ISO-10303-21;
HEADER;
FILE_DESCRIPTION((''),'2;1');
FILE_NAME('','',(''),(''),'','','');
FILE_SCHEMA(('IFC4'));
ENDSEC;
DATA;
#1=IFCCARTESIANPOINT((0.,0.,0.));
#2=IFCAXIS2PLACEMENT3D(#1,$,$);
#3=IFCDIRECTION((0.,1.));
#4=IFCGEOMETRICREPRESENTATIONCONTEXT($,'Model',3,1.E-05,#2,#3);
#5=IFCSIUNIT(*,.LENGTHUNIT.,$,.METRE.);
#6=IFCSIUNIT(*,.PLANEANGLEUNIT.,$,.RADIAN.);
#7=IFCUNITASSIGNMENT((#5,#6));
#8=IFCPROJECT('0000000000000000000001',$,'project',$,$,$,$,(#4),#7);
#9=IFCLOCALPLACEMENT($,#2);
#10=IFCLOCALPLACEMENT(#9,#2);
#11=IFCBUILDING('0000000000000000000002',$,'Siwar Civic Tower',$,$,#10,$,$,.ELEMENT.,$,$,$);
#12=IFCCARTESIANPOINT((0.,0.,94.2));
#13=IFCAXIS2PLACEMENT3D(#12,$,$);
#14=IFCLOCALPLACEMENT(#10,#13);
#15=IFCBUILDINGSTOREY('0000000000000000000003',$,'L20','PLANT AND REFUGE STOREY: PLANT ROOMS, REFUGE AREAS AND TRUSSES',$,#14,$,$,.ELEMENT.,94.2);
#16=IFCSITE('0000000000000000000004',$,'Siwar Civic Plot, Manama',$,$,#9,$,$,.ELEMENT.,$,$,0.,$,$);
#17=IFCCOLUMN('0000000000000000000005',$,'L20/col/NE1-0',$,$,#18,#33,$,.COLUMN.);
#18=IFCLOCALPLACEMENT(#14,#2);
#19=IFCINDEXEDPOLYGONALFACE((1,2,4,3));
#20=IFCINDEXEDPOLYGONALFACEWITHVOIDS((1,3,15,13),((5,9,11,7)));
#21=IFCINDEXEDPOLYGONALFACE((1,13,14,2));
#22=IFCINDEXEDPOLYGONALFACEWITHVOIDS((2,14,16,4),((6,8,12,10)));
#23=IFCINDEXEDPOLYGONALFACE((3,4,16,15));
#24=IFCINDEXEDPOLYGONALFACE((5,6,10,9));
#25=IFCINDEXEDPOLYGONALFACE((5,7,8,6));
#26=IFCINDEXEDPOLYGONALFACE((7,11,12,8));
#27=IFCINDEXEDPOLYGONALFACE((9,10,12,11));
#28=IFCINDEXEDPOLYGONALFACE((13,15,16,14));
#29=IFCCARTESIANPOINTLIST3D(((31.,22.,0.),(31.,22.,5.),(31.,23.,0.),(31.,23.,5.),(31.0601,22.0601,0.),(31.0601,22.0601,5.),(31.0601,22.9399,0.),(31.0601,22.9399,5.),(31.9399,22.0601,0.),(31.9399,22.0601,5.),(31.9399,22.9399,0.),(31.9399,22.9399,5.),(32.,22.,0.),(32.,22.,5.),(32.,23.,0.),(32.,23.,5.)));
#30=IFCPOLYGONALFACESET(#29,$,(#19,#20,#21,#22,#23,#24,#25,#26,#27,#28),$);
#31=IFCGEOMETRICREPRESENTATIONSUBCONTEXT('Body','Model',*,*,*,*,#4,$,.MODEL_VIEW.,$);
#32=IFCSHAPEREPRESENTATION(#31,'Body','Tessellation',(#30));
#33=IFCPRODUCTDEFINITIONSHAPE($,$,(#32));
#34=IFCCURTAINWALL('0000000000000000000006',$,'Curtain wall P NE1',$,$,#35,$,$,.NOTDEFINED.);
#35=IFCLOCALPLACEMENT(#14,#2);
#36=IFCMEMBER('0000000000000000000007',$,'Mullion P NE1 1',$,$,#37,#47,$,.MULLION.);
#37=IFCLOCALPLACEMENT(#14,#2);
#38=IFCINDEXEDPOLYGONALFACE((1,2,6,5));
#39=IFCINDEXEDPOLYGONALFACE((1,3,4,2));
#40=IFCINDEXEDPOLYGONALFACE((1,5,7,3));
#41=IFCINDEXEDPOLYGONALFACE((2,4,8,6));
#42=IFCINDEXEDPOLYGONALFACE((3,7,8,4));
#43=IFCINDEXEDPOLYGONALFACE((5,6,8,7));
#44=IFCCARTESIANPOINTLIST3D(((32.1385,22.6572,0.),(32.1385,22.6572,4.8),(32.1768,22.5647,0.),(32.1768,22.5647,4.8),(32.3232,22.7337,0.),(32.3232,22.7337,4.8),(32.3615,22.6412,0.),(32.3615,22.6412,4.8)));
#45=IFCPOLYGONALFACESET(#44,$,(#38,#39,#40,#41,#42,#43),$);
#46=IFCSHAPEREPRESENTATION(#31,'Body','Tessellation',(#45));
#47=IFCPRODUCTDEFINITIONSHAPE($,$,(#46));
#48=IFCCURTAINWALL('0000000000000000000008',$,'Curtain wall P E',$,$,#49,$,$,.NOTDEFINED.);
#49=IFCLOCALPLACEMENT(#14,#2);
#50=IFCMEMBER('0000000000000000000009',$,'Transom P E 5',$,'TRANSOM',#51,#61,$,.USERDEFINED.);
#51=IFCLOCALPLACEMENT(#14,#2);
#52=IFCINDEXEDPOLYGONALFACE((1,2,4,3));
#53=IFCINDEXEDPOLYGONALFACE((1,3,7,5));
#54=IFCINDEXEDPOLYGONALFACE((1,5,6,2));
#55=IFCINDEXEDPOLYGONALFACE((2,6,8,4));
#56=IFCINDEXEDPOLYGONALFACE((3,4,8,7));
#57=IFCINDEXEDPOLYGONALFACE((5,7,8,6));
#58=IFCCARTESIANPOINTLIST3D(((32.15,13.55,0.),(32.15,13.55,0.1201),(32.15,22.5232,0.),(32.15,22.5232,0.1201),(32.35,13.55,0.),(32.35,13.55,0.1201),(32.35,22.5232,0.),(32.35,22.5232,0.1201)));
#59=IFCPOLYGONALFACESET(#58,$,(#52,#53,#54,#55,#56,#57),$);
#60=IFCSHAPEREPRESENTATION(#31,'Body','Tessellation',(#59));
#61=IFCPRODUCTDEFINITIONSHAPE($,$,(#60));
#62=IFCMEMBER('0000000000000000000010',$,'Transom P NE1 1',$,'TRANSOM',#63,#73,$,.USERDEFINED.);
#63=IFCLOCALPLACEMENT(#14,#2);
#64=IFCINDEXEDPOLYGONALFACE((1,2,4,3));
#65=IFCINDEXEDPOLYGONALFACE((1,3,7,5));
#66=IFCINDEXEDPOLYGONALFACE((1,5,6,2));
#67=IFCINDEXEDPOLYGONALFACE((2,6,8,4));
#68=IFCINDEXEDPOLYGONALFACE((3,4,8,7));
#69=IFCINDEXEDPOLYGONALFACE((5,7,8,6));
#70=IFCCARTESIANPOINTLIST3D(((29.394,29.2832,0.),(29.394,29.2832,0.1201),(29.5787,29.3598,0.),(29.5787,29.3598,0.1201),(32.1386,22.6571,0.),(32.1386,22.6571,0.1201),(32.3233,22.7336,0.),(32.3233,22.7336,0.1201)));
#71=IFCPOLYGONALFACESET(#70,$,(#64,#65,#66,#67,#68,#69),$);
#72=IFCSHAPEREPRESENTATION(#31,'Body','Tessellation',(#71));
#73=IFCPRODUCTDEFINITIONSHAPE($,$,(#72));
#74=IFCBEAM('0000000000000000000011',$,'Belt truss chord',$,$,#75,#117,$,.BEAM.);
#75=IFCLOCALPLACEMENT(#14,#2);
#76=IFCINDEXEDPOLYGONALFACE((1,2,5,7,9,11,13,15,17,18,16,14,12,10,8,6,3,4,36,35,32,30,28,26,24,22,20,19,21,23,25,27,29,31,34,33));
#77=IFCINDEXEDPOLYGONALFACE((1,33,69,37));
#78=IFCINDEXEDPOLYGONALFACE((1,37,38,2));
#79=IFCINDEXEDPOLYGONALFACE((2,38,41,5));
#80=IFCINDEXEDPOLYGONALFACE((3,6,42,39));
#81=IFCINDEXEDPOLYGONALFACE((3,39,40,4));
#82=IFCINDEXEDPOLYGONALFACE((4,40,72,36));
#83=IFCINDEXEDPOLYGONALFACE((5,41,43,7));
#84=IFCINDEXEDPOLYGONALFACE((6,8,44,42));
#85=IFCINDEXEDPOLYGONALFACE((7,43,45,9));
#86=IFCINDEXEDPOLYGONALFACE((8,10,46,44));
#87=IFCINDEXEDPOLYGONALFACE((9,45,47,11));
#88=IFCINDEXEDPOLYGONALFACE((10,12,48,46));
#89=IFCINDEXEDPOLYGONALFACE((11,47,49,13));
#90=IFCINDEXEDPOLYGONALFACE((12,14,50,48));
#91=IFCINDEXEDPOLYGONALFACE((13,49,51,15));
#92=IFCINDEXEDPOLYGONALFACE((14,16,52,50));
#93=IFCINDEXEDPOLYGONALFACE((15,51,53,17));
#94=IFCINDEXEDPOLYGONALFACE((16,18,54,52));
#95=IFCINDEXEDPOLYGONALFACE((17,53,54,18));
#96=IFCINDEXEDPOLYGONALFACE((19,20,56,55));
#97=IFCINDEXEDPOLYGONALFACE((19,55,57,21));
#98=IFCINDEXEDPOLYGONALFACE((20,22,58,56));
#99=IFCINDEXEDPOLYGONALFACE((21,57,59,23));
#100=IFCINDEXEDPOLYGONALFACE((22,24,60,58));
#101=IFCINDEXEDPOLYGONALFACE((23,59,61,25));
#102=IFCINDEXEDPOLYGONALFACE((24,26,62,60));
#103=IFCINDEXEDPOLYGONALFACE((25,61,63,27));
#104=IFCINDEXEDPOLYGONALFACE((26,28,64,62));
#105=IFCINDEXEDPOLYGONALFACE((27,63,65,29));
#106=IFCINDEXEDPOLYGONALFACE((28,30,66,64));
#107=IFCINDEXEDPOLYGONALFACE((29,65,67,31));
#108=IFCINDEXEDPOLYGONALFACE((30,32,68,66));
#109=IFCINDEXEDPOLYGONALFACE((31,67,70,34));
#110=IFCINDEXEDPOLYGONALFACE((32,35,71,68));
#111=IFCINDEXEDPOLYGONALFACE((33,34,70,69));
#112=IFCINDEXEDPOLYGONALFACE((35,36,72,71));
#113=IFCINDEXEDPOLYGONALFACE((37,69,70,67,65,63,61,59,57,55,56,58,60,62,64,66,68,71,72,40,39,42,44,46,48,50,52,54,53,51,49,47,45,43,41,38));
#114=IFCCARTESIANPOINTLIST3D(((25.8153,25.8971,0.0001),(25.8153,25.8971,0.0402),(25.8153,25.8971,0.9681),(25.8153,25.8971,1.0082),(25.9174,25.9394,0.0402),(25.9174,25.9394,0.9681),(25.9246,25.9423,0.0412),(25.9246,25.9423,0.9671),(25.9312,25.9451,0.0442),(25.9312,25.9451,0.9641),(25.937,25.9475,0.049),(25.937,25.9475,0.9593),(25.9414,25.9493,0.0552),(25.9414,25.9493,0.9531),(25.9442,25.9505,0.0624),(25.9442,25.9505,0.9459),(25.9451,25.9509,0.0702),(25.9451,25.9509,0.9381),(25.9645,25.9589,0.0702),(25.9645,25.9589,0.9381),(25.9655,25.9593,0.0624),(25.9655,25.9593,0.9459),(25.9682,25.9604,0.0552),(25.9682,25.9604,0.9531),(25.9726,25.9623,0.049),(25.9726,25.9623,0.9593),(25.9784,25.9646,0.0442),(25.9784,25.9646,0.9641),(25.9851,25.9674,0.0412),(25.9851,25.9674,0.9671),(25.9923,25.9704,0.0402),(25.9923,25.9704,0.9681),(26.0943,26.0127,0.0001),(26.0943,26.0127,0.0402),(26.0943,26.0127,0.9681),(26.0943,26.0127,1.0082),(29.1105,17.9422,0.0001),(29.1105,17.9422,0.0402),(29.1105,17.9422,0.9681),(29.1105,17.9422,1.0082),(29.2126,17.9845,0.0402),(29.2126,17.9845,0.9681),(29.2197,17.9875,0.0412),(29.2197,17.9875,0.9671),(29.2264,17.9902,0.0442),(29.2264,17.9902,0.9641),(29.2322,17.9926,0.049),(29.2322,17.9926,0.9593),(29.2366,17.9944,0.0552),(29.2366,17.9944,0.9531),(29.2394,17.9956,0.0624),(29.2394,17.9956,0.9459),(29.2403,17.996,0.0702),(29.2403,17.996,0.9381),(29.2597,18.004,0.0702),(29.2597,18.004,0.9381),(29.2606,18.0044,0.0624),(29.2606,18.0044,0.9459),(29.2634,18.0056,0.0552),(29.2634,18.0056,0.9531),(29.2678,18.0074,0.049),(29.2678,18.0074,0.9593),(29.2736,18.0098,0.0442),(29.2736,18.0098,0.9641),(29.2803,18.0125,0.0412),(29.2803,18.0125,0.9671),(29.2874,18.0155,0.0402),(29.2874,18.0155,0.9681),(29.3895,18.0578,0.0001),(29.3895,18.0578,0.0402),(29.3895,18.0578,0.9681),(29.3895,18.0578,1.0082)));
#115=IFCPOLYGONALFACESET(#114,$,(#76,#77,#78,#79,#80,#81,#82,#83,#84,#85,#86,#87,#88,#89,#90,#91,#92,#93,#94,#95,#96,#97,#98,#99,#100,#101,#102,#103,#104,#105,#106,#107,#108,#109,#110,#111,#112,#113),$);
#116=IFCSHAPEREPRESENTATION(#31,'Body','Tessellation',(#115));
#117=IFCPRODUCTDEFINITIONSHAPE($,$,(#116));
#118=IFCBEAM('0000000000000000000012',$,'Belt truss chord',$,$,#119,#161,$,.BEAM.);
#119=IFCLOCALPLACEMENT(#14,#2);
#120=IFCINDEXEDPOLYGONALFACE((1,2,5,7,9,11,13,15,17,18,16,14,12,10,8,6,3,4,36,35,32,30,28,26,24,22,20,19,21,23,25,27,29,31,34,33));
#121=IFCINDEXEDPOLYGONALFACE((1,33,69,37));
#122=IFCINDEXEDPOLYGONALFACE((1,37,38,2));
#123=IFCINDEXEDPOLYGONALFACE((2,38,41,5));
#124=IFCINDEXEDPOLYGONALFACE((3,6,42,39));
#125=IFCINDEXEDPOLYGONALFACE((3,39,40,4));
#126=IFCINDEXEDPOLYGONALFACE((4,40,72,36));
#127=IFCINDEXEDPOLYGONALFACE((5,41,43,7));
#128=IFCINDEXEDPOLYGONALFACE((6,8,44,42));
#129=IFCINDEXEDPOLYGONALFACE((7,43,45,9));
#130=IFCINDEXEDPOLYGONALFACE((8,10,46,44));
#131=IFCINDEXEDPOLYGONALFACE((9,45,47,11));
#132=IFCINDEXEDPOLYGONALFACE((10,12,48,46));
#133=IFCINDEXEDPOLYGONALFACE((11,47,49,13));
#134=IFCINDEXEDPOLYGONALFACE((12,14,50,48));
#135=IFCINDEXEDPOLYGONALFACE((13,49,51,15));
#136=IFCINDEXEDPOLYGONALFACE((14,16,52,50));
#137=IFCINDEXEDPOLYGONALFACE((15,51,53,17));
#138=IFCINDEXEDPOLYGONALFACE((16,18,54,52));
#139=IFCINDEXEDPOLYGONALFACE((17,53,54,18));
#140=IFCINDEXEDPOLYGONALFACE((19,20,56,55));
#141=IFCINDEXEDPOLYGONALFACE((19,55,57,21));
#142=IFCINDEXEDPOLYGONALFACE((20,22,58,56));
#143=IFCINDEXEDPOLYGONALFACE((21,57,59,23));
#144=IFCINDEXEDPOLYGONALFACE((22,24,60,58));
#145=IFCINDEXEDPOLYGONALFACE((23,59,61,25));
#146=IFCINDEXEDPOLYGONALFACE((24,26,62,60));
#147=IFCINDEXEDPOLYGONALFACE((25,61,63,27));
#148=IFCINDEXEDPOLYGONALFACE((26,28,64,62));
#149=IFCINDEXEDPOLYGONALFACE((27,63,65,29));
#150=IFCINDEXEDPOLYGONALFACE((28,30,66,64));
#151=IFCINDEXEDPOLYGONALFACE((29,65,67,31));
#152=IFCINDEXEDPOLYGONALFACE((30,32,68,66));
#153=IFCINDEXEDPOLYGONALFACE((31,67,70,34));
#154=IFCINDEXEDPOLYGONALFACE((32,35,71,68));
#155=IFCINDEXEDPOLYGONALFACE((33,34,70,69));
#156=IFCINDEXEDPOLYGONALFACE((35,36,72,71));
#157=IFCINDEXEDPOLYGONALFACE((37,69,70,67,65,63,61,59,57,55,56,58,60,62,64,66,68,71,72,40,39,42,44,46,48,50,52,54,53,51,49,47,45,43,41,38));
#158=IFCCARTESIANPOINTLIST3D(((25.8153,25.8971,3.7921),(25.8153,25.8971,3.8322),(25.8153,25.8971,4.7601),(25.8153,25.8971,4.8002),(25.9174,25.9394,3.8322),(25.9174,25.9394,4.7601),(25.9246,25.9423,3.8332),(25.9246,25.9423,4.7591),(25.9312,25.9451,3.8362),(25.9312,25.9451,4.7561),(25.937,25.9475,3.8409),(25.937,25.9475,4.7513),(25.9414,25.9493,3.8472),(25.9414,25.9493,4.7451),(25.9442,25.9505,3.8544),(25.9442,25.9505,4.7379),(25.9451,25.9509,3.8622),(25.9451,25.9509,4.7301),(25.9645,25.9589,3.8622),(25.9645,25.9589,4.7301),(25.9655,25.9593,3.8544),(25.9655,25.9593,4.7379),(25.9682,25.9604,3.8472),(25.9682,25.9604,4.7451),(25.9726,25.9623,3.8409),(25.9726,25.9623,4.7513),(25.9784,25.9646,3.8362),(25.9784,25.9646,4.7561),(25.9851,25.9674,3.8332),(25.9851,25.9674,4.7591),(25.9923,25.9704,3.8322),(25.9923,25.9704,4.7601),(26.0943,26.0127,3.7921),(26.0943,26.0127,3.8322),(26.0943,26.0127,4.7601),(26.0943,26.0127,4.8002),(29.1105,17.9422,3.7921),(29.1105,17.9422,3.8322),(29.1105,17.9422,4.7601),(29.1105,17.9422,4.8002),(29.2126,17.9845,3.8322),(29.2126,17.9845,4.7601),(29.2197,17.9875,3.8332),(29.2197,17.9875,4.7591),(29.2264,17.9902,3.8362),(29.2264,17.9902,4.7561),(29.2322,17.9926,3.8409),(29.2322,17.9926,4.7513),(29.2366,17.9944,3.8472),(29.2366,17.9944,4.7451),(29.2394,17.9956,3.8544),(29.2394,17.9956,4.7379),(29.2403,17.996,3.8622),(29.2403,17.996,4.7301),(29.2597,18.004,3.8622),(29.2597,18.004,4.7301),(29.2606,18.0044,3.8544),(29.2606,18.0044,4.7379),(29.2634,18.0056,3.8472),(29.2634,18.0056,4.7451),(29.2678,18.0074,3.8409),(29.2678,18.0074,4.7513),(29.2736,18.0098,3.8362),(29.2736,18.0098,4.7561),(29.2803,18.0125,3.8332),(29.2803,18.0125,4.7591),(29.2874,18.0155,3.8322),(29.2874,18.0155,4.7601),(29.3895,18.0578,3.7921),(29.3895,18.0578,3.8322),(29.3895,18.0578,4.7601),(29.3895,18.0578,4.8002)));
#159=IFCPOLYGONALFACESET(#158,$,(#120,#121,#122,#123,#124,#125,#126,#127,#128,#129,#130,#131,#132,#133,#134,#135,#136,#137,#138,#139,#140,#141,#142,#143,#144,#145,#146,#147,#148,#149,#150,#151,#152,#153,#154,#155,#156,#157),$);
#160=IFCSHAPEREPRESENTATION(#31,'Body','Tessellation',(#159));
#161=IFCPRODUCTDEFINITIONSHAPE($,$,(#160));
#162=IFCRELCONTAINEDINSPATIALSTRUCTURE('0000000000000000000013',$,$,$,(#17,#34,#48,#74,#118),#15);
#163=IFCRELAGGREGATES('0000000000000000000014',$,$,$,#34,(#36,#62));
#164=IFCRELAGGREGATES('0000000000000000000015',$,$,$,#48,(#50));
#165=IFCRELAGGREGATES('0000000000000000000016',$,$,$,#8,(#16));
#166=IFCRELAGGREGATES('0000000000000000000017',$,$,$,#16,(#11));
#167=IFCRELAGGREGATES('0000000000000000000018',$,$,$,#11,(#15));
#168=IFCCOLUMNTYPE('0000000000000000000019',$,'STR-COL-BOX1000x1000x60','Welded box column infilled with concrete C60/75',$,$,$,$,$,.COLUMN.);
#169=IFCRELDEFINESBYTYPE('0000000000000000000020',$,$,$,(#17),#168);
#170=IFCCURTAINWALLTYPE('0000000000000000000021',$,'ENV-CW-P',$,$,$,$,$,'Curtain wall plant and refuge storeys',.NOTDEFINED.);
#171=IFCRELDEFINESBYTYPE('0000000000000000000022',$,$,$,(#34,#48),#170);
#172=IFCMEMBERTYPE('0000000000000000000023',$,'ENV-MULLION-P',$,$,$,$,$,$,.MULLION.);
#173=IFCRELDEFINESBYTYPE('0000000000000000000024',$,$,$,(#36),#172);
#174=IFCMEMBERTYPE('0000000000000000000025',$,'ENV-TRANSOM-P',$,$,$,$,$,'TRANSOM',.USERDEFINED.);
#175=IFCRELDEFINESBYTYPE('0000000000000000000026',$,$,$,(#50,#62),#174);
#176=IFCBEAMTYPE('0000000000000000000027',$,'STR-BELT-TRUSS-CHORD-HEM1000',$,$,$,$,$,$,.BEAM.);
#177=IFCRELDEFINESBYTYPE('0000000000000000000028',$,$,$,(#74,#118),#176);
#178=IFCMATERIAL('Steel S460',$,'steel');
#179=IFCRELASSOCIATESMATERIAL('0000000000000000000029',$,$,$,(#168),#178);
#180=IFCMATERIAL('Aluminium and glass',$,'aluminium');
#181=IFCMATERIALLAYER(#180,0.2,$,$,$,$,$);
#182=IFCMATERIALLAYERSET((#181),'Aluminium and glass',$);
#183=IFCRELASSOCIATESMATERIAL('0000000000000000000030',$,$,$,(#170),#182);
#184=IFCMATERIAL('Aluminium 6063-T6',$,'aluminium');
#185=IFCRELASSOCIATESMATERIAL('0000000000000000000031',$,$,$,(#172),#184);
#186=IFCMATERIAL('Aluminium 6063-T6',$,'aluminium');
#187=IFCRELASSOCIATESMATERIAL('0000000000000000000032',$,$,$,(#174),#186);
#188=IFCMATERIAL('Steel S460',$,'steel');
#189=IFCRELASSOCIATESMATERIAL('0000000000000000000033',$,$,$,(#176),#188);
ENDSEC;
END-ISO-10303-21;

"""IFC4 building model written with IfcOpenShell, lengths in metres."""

from ifc_helpers import new_model, si_unit, direction, frame, origin, origin_2d, place, context, subcontext, project, spatial, rectangle, hollow_rectangle, i_section, extrude, material, layer, layer_set, material_profile, profile_set, type_object, element, aggregate, save


model = new_model("IFC4")

# Units and contexts
model_context = context("Model", 3, precision=1e-05, world=origin(), true_north=direction((0.0, 1.0)))
body_context = subcontext(model_context, "Body", "Model", "MODEL_VIEW")
ifc_project = project(units=[si_unit("LENGTHUNIT", "METRE"), si_unit("PLANEANGLEUNIT", "RADIAN")], contexts=[model_context])

# Site, building, storey
site_placement = place(None, origin())
site = spatial("IfcSite", under=ifc_project, at=site_placement, Name="Siwar Civic Plot, Manama", CompositionType="ELEMENT", RefElevation=0.0)
building_placement = place(site_placement, origin())
building = spatial("IfcBuilding", under=site, at=building_placement, Name="Siwar Civic Tower", CompositionType="ELEMENT")
storey_placement = place(building_placement, frame((0.0, 0.0, 94.2)))
storey = spatial("IfcBuildingStorey", under=building, at=storey_placement, Name="L20", Description="PLANT AND REFUGE STOREY: PLANT ROOMS, REFUGE AREAS AND TRUSSES", CompositionType="ELEMENT", Elevation=94.2)

# Column
ifc_material_1 = material(Name="Steel S460", Category="steel")
ifc_material_profile_1 = material_profile(ifc_material_1, hollow_rectangle(XDim=1.0, YDim=1.0, WallThickness=0.0601, at=origin_2d()), Name="BOX1000x1000x60")
ifc_profile_set_1 = profile_set([ifc_material_profile_1], Name="Steel S460")
column_type = type_object("IfcColumnType", Name="STR-COL-BOX1000x1000x60", Description="Welded box column infilled with concrete C60/75", PredefinedType="COLUMN", material=ifc_profile_set_1)
column_placement = place(storey_placement, frame((31.5, 22.5, 0.0), z_axis=(0.0, 0.0, 1.0), x_axis=(1.0, 0.0, 0.0)))
element("IfcColumn", 1, at=column_placement, inside=storey, type_object=column_type, Name="L20/col/NE1-0", PredefinedType="COLUMN", context=body_context, shape_type="SweptSolid", body=[
    extrude(hollow_rectangle(XDim=1.0, YDim=1.0, WallThickness=0.0601, at=origin_2d()), origin(), (0.0, 0.0, 1.0), 5.0),
])

# Curtain walls, members
ifc_material_2 = material(Name="Aluminium and glass", Category="aluminium")
ifc_layer_1 = layer(ifc_material_2, 0.2)
ifc_layer_set_1 = layer_set([ifc_layer_1], Name="Aluminium and glass")
curtain_wall_type = type_object("IfcCurtainWallType", Name="ENV-CW-P", ElementType="Curtain wall plant and refuge storeys", PredefinedType="NOTDEFINED", material=ifc_layer_set_1)
curtain_wall_1_placement = place(storey_placement, origin())
curtain_wall_1 = element("IfcCurtainWall", 2, at=curtain_wall_1_placement, inside=storey, type_object=curtain_wall_type, Name="Curtain wall P NE1", PredefinedType="NOTDEFINED")
ifc_material_3 = material(Name="Aluminium 6063-T6", Category="aluminium")
ifc_material_profile_2 = material_profile(ifc_material_3, rectangle(XDim=0.2, YDim=0.1001, at=origin_2d()), Name="AL 200x100")
ifc_profile_set_2 = profile_set([ifc_material_profile_2], Name="Aluminium 6063-T6")
member_type_1 = type_object("IfcMemberType", Name="ENV-MULLION-P", PredefinedType="MULLION", material=ifc_profile_set_2)
member_1_placement = place(storey_placement, frame((32.25, 22.6492, 0.0), z_axis=(0.0, 0.0, 1.0), x_axis=(-0.92388, -0.382683, 0.0)))
member_1 = element("IfcMember", 3, at=member_1_placement, type_object=member_type_1, Name="Mullion P NE1 1", PredefinedType="MULLION", context=body_context, shape_type="SweptSolid", body=[
    extrude(rectangle(XDim=0.2, YDim=0.1001, at=origin_2d()), origin(), (0.0, 0.0, 1.0), 4.8),
])
curtain_wall_2_placement = place(storey_placement, origin())
curtain_wall_2 = element("IfcCurtainWall", 4, at=curtain_wall_2_placement, inside=storey, type_object=curtain_wall_type, Name="Curtain wall P E", PredefinedType="NOTDEFINED")
ifc_material_4 = material(Name="Aluminium 6063-T6", Category="aluminium")
ifc_material_profile_3 = material_profile(ifc_material_4, rectangle(XDim=0.2, YDim=0.1201, at=origin_2d()), Name="AL 200x120")
ifc_profile_set_3 = profile_set([ifc_material_profile_3], Name="Aluminium 6063-T6")
member_type_2 = type_object("IfcMemberType", Name="ENV-TRANSOM-P", ElementType="TRANSOM", PredefinedType="USERDEFINED", material=ifc_profile_set_3)
member_2_placement = place(storey_placement, frame((32.25, 13.55, 0.0601), z_axis=(0.0, 1.0, 0.0), x_axis=(-1.0, 0.0, 0.0)))
member_2 = element("IfcMember", 5, at=member_2_placement, type_object=member_type_2, Name="Transom P E 5", ObjectType="TRANSOM", PredefinedType="USERDEFINED", context=body_context, shape_type="SweptSolid", body=[
    extrude(rectangle(XDim=0.2, YDim=0.1201, at=origin_2d()), origin(), (0.0, 0.0, 1.0), 8.9731),
])

# Member
member_3_placement = place(storey_placement, frame((32.231, 22.6953, 0.0601), z_axis=(-0.382678, 0.923882, 0.0), x_axis=(-0.923882, -0.382678, 0.0)))
member_3 = element("IfcMember", 6, at=member_3_placement, type_object=member_type_2, Name="Transom P NE1 1", ObjectType="TRANSOM", PredefinedType="USERDEFINED", context=body_context, shape_type="SweptSolid", body=[
    extrude(rectangle(XDim=0.2, YDim=0.1201, at=origin_2d()), origin(), (0.0, 0.0, 1.0), 7.1721),
])
aggregate(curtain_wall_1, [member_1, member_3])

# Beams
ifc_material_5 = material(Name="Steel S460", Category="steel")
ifc_material_profile_4 = material_profile(ifc_material_5, i_section(OverallWidth=0.302, OverallDepth=1.0081, WebThickness=0.021, FlangeThickness=0.04, FilletRadius=0.03, at=origin_2d()), Name="HEM1000")
ifc_profile_set_4 = profile_set([ifc_material_profile_4], Name="Steel S460")
beam_type_1 = type_object("IfcBeamType", Name="STR-BELT-TRUSS-CHORD-HEM1000", PredefinedType="BEAM", material=ifc_profile_set_4)
for number, where, z_axis, x_axis, name in (
    (7, (29.25, 18.0, 0.5042), (-0.3827, 0.923873, 0.0), (-0.923873, -0.3827, 0.0), "Belt truss chord"),
    (8, (29.25, 18.0, 4.2961), (-0.3827, 0.923873, 0.0), (-0.923873, -0.3827, 0.0), "Belt truss chord"),
):
    element("IfcBeam", number, at=place(storey_placement, frame(where, z_axis=z_axis, x_axis=x_axis)), inside=storey, type_object=beam_type_1, Name=name, PredefinedType="BEAM", context=body_context, shape_type="SweptSolid", body=[
        extrude(i_section(OverallWidth=0.302, OverallDepth=1.0081, WebThickness=0.021, FlangeThickness=0.04, FilletRadius=0.03, at=origin_2d()), origin(), (0.0, 0.0, 1.0), 8.6104),
    ])

aggregate(curtain_wall_2, [member_2])

save(model, "model.ifc")
